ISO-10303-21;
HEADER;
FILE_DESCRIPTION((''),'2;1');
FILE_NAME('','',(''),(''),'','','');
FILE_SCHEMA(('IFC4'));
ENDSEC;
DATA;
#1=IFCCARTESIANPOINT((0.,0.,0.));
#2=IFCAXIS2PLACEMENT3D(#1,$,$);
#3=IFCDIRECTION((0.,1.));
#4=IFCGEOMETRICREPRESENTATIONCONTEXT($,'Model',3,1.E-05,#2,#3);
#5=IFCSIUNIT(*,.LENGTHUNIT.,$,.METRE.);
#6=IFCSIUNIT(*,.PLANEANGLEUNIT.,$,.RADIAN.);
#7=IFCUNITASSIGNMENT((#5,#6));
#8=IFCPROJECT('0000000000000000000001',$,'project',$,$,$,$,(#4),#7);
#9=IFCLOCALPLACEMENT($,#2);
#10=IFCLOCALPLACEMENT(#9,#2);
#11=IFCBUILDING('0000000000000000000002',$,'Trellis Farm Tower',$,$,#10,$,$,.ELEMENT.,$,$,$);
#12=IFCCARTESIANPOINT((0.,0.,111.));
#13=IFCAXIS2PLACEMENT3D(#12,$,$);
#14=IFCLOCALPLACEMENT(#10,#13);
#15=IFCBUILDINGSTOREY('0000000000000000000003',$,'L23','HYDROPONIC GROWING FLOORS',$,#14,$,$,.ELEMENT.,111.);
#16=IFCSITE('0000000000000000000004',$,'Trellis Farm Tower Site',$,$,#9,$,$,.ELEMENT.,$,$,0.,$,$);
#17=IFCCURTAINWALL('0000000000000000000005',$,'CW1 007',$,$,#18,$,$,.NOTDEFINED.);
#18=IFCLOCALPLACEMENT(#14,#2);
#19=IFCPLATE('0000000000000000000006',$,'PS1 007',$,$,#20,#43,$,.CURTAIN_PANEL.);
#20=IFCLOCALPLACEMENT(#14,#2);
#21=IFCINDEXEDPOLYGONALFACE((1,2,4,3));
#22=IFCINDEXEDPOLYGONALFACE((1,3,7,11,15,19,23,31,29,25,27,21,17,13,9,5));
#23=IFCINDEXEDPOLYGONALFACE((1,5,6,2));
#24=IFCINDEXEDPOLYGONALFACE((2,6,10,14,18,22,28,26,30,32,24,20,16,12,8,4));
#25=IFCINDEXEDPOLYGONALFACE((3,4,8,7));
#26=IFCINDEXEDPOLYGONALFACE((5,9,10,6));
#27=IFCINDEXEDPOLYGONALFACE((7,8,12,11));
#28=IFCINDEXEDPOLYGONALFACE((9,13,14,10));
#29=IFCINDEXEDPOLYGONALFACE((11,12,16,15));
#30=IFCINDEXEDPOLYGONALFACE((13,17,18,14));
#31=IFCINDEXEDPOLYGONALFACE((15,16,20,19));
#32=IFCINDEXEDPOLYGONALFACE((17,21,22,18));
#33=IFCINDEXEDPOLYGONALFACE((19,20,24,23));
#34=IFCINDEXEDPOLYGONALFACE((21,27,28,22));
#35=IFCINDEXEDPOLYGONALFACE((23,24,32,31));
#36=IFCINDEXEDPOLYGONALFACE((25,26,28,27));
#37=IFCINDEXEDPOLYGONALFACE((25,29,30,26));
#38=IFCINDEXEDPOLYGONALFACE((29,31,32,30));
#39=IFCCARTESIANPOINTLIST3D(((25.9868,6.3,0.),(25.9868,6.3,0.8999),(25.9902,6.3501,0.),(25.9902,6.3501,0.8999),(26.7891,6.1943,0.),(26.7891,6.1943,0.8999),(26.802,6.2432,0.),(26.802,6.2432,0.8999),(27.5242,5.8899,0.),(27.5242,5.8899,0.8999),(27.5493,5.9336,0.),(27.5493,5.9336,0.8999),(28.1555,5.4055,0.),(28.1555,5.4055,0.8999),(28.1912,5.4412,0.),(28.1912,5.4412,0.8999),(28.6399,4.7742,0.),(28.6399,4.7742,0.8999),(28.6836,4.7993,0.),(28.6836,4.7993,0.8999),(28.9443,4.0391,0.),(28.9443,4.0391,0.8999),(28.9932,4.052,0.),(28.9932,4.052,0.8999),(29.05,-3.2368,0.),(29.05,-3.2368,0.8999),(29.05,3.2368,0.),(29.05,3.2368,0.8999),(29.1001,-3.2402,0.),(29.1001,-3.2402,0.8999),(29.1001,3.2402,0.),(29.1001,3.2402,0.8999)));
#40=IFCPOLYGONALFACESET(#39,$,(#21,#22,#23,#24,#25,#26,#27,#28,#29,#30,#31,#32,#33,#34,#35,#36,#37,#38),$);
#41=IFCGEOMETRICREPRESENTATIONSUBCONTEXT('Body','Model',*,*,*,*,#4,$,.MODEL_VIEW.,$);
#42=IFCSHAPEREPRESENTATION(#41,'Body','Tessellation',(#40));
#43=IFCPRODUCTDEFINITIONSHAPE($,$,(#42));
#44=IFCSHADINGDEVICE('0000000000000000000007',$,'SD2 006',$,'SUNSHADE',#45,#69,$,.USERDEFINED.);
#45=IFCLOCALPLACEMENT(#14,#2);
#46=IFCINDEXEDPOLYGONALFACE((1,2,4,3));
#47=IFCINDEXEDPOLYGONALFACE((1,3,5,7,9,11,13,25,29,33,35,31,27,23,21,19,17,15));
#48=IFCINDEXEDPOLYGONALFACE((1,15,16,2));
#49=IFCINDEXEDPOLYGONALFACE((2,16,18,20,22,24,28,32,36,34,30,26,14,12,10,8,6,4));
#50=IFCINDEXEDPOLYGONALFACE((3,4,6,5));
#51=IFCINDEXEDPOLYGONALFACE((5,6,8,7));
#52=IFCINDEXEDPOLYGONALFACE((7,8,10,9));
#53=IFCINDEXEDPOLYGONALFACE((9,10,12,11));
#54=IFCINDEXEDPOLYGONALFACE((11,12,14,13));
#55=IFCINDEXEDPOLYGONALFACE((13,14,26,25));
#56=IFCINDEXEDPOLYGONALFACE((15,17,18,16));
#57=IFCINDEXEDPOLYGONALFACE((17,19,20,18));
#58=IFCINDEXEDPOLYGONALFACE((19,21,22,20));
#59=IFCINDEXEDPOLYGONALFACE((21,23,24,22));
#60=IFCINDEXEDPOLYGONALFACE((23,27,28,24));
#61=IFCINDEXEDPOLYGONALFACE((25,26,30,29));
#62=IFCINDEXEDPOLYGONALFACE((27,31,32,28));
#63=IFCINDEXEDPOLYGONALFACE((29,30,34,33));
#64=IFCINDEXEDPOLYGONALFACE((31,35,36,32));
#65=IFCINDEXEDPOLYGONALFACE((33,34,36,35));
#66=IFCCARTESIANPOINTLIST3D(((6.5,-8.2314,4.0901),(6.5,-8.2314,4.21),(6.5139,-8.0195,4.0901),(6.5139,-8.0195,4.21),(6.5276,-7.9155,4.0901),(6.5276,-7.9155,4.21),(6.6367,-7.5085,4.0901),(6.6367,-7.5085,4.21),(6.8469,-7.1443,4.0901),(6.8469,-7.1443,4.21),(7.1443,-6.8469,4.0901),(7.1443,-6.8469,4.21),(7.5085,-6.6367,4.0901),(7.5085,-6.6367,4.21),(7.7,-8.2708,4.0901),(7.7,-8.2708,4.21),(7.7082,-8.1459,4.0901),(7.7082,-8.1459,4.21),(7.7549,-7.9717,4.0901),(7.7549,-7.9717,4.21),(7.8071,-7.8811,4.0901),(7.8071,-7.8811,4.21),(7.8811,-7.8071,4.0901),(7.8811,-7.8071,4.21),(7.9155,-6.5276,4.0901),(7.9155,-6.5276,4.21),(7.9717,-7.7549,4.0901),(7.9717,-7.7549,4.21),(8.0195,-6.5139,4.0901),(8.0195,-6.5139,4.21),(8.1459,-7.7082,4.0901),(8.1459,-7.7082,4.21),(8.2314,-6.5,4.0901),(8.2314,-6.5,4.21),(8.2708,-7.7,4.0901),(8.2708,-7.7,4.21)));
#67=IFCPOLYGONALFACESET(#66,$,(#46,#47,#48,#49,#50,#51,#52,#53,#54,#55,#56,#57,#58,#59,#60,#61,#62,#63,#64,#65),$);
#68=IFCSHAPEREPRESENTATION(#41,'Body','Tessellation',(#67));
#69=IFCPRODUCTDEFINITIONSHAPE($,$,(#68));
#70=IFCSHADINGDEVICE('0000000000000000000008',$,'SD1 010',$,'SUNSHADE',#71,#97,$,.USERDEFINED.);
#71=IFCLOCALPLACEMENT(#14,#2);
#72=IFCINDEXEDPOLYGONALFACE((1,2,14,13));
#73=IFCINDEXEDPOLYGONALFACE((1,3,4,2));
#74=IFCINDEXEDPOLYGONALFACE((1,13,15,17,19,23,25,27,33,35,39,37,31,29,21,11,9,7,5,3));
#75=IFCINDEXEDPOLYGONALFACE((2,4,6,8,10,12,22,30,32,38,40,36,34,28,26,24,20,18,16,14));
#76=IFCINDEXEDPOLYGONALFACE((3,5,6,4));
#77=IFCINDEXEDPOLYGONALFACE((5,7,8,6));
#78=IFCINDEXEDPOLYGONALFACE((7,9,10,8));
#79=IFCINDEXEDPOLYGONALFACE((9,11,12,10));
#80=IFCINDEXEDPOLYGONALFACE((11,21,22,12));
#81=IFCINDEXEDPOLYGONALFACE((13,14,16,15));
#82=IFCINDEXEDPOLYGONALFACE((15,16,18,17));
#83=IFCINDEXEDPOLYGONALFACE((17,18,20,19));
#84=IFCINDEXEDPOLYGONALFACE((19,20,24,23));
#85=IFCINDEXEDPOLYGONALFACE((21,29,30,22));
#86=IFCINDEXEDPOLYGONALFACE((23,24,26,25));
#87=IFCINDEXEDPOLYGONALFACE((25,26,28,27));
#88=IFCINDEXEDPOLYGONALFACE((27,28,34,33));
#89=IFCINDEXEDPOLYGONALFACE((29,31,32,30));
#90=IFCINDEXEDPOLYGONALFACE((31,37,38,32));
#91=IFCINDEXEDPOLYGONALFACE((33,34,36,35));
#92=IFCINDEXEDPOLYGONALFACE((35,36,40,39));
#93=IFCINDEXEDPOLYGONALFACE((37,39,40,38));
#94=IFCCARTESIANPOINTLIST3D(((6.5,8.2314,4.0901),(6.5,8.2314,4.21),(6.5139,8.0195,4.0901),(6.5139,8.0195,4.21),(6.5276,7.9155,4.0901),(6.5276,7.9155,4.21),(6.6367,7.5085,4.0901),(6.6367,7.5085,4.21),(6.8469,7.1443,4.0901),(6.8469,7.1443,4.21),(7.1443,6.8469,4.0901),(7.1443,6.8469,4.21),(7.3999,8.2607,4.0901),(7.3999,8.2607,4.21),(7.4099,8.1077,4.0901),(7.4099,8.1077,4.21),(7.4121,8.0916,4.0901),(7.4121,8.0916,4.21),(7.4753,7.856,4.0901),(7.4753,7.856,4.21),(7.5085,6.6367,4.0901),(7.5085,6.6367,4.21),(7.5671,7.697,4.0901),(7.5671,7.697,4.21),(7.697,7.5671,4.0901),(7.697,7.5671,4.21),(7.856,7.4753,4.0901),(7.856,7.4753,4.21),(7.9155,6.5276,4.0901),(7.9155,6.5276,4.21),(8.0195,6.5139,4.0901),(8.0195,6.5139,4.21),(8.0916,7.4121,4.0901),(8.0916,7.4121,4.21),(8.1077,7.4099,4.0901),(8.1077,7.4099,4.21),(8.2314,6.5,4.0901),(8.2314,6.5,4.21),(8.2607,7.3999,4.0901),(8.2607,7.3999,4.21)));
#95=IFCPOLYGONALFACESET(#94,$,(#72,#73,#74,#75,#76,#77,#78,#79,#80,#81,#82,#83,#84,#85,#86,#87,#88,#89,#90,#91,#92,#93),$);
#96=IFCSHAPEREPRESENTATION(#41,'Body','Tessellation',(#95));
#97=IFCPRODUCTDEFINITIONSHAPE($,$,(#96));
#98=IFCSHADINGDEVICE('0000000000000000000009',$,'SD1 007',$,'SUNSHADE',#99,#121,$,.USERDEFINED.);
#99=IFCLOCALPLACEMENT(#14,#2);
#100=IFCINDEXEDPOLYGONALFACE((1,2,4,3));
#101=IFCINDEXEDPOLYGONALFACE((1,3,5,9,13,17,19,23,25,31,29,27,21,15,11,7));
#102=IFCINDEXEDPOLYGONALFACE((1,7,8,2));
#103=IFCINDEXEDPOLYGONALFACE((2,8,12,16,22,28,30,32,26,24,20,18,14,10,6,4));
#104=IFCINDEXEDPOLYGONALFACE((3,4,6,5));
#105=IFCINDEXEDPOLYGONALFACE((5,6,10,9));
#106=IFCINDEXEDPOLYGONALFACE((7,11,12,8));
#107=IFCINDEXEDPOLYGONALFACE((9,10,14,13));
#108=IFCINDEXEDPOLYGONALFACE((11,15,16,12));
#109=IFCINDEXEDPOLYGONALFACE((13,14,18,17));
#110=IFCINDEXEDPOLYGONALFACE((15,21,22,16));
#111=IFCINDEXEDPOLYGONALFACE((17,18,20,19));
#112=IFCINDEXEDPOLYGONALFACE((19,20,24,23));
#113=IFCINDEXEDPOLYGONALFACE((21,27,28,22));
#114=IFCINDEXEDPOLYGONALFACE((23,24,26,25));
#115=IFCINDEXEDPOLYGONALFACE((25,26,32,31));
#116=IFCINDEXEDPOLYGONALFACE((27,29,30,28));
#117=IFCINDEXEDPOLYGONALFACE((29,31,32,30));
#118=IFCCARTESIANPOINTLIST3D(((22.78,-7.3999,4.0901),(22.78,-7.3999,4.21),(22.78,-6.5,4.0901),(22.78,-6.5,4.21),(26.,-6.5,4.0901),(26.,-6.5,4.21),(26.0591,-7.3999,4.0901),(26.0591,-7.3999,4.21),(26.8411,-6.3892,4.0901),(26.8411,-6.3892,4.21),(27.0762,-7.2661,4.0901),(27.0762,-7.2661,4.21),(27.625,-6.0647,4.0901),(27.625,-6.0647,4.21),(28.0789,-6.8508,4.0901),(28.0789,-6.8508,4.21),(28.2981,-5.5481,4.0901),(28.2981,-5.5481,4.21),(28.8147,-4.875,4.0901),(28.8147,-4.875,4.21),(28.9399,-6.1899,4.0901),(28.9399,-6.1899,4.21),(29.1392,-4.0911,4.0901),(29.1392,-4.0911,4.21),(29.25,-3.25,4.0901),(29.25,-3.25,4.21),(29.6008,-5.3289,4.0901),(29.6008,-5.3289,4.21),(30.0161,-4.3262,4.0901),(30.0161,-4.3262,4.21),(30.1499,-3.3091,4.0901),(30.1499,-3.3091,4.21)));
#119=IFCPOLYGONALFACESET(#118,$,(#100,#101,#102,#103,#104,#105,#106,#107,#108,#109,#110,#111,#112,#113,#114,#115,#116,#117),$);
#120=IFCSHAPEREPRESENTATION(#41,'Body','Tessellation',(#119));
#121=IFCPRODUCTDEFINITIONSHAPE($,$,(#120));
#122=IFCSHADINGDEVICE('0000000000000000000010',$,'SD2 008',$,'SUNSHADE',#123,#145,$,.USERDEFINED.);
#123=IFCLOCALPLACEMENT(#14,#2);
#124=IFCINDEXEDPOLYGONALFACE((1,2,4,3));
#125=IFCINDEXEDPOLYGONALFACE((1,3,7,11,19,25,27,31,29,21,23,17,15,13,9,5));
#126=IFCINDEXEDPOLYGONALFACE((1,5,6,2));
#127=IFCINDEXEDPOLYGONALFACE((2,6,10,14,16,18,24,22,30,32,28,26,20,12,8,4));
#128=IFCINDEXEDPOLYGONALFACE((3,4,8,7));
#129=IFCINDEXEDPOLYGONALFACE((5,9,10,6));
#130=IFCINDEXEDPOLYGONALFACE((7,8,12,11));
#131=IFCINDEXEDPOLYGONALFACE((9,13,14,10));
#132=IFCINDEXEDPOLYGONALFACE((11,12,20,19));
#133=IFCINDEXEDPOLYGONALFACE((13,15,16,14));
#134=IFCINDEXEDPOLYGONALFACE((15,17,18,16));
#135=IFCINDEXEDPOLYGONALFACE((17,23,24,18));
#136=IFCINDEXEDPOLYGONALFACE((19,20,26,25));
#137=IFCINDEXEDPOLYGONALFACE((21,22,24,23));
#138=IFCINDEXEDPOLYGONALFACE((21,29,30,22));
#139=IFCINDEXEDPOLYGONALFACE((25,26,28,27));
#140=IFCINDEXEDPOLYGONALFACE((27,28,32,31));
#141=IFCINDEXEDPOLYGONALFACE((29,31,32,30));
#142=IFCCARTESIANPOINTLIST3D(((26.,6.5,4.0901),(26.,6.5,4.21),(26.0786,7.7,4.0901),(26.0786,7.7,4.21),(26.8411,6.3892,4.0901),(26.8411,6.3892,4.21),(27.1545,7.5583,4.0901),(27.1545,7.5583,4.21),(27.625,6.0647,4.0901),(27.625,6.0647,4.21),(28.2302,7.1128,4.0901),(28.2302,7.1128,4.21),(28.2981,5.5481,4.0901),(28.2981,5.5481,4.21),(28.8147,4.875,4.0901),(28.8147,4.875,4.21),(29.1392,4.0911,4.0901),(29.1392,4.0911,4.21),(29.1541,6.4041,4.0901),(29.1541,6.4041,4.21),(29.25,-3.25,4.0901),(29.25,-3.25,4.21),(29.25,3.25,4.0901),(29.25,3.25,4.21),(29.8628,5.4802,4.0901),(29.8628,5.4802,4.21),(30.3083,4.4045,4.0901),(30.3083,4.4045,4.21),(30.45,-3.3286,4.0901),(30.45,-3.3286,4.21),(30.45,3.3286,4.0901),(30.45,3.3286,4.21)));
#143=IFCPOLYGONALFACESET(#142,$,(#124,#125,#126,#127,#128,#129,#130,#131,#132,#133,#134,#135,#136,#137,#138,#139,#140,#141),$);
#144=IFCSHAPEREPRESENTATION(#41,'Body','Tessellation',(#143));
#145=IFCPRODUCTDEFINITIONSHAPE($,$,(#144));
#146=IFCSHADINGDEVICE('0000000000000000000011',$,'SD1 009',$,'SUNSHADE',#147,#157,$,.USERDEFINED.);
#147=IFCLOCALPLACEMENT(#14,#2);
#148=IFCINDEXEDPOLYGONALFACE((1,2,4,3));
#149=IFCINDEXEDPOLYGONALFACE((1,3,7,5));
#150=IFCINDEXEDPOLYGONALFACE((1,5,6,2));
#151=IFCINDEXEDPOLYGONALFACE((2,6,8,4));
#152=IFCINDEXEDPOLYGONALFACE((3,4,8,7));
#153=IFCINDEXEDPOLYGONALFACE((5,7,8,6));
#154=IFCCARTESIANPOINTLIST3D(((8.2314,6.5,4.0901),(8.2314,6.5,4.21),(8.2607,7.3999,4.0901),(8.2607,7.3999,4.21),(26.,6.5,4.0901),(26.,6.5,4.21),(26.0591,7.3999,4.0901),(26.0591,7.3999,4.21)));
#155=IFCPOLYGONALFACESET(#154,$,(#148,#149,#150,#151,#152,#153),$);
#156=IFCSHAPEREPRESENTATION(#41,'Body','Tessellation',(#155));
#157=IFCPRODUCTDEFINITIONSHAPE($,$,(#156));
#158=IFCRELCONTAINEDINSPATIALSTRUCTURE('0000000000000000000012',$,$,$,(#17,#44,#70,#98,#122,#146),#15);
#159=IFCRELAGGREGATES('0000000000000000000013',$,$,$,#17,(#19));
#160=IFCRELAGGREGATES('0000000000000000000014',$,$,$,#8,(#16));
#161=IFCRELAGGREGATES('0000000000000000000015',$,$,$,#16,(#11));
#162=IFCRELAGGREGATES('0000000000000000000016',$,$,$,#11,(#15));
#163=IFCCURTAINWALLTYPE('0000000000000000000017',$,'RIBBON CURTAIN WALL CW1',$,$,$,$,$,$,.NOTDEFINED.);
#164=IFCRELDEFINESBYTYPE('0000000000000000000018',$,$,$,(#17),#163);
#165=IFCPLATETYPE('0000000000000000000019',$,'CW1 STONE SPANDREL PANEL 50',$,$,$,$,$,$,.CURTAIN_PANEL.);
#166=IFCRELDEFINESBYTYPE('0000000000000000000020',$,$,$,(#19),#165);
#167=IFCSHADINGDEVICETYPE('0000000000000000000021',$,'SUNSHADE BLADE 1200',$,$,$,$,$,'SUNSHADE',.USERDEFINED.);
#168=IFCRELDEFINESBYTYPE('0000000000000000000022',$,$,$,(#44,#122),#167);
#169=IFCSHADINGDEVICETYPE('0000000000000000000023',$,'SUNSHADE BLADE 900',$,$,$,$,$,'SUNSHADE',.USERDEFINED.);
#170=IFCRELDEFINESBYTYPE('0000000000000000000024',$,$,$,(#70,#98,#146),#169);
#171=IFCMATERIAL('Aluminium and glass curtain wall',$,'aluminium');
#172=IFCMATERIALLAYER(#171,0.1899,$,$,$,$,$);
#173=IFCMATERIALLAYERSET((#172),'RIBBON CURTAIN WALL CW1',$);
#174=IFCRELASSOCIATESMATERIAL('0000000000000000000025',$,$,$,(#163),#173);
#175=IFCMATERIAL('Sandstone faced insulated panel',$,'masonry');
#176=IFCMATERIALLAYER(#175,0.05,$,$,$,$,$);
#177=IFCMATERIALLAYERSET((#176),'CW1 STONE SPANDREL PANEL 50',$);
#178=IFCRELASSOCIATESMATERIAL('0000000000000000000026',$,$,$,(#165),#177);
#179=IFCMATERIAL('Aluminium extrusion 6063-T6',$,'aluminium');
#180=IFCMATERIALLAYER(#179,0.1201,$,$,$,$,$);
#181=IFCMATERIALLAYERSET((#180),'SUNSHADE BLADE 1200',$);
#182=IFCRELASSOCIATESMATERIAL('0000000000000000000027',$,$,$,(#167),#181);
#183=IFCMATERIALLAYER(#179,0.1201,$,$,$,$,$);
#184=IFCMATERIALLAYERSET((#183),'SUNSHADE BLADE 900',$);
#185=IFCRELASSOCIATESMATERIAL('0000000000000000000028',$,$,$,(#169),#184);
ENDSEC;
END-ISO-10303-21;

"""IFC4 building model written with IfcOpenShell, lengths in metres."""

from ifc_helpers import new_model, si_unit, direction, frame, origin, place, context, subcontext, project, spatial, polyline, outline, extrude, source, transform, mapped, material, layer, layer_set, type_object, element, aggregate, save


model = new_model("IFC4")

# Units and contexts
model_context = context("Model", 3, precision=1e-05, world=origin(), true_north=direction((0.0, 1.0)))
body_context = subcontext(model_context, "Body", "Model", "MODEL_VIEW")
ifc_project = project(units=[si_unit("LENGTHUNIT", "METRE"), si_unit("PLANEANGLEUNIT", "RADIAN")], contexts=[model_context])

# Site, building, storey
site_placement = place(None, origin())
site = spatial("IfcSite", under=ifc_project, at=site_placement, Name="Trellis Farm Tower Site", CompositionType="ELEMENT", RefElevation=0.0)
building_placement = place(site_placement, origin())
building = spatial("IfcBuilding", under=site, at=building_placement, Name="Trellis Farm Tower", CompositionType="ELEMENT")
storey_placement = place(building_placement, frame((0.0, 0.0, 111.0)))
storey = spatial("IfcBuildingStorey", under=building, at=storey_placement, Name="L23", Description="HYDROPONIC GROWING FLOORS", CompositionType="ELEMENT", Elevation=111.0)

# Curtain wall
ifc_material_1 = material(Name="Aluminium and glass curtain wall", Category="aluminium")
placement_1 = place(storey_placement, origin())
ifc_material_2 = material(Name="Aluminium extrusion 6063-T6", Category="aluminium")
ifc_layer_1 = layer(ifc_material_1, 0.1899)
ifc_layer_set_1 = layer_set([ifc_layer_1], Name="RIBBON CURTAIN WALL CW1")
curtain_wall_type_1 = type_object("IfcCurtainWallType", Name="RIBBON CURTAIN WALL CW1", PredefinedType="NOTDEFINED", material=ifc_layer_set_1)
curtain_wall_1 = element("IfcCurtainWall", 1, at=placement_1, inside=storey, type_object=curtain_wall_type_1, Name="CW1 007", PredefinedType="NOTDEFINED")

# Plate
ifc_material_3 = material(Name="Sandstone faced insulated panel", Category="masonry")
ifc_layer_2 = layer(ifc_material_3, 0.05)
ifc_layer_set_2 = layer_set([ifc_layer_2], Name="CW1 STONE SPANDREL PANEL 50")
plate_type_1 = type_object("IfcPlateType", Name="CW1 STONE SPANDREL PANEL 50", PredefinedType="CURTAIN_PANEL", material=ifc_layer_set_2)
shared_shape_1 = source(origin(), body_context, "Body", "SweptSolid", [
    extrude(outline(polyline([(29.1001, -3.2402), (29.1001, 3.2402), (28.9932, 4.052), (28.6836, 4.7993), (28.1912, 5.4412), (27.5493, 5.9336), (26.802, 6.2432), (25.9902, 6.3501), (25.9868, 6.3), (26.7891, 6.1943), (27.5242, 5.8899), (28.1555, 5.4055), (28.6399, 4.7742), (28.9443, 4.0391), (29.05, 3.2368), (29.05, -3.2368), (29.1001, -3.2402)])), origin(), (0.0, 0.0, 1.0), 0.8999),
])
plate_1 = element("IfcPlate", 2, at=placement_1, type_object=plate_type_1, Name="PS1 007", PredefinedType="CURTAIN_PANEL", context=body_context, shape_type="MappedRepresentation", body=[
    mapped(shared_shape_1, transform((0.0, 0.0, 0.0))),
])
aggregate(curtain_wall_1, [plate_1])

# Shading devices
ifc_layer_3 = layer(ifc_material_2, 0.1201)
ifc_layer_set_3 = layer_set([ifc_layer_3], Name="SUNSHADE BLADE 1200")
shading_device_type_1 = type_object("IfcShadingDeviceType", Name="SUNSHADE BLADE 1200", ElementType="SUNSHADE", PredefinedType="USERDEFINED", material=ifc_layer_set_3)
shared_shape_2 = source(origin(), body_context, "Body", "SweptSolid", [
    extrude(outline(polyline([(7.7, -8.2708), (7.7087, -8.1372), (7.707, -8.1501), (7.7549, -7.9717), (7.8071, -7.8811), (7.8811, -7.8071), (7.9717, -7.7549), (8.1501, -7.707), (8.1372, -7.7087), (8.2708, -7.7), (8.2314, -6.5), (8.0195, -6.5139), (7.9155, -6.5276), (7.5085, -6.6367), (7.1443, -6.8469), (6.8469, -7.1443), (6.6367, -7.5085), (6.5276, -7.9155), (6.5139, -8.0195), (6.5, -8.2314), (7.7, -8.2708)])), origin(), (0.0, 0.0, 1.0), 0.1199),
])
placement_2 = place(storey_placement, frame((0.0, 0.0, 4.0901)))
element("IfcShadingDevice", 3, at=placement_2, inside=storey, type_object=shading_device_type_1, Name="SD2 006", ObjectType="SUNSHADE", PredefinedType="USERDEFINED", context=body_context, shape_type="MappedRepresentation", body=[
    mapped(shared_shape_2, transform((0.0, 0.0, 0.0))),
])
ifc_layer_4 = layer(ifc_material_2, 0.1201)
ifc_layer_set_4 = layer_set([ifc_layer_4], Name="SUNSHADE BLADE 900")
shading_device_type_2 = type_object("IfcShadingDeviceType", Name="SUNSHADE BLADE 900", ElementType="SUNSHADE", PredefinedType="USERDEFINED", material=ifc_layer_set_4)
shared_shape_3 = source(origin(), body_context, "Body", "SweptSolid", [
    extrude(outline(polyline([(8.2607, 7.3999), (8.1077, 7.4099), (8.0916, 7.4121), (7.856, 7.4753), (7.697, 7.5671), (7.5671, 7.697), (7.4753, 7.856), (7.4121, 8.0916), (7.4099, 8.1077), (7.3999, 8.2607), (6.5, 8.2314), (6.5139, 8.0195), (6.5276, 7.9155), (6.6367, 7.5085), (6.8469, 7.1443), (7.1443, 6.8469), (7.5085, 6.6367), (7.9155, 6.5276), (8.0195, 6.5139), (8.2314, 6.5), (8.2607, 7.3999)])), origin(), (0.0, 0.0, 1.0), 0.1199),
])
element("IfcShadingDevice", 4, at=placement_2, inside=storey, type_object=shading_device_type_2, Name="SD1 010", ObjectType="SUNSHADE", PredefinedType="USERDEFINED", context=body_context, shape_type="MappedRepresentation", body=[
    mapped(shared_shape_3, transform((0.0, 0.0, 0.0))),
])
shared_shape_4 = source(origin(), body_context, "Body", "SweptSolid", [
    extrude(outline(polyline([(22.78, -7.3999), (26.0591, -7.3999), (27.0762, -7.2661), (28.0789, -6.8508), (28.9399, -6.1899), (29.6008, -5.3289), (30.0161, -4.3262), (30.1499, -3.3091), (29.25, -3.25), (29.1392, -4.0911), (28.8147, -4.875), (28.2981, -5.5481), (27.625, -6.0647), (26.8411, -6.3892), (26.0, -6.5), (22.78, -6.5), (22.78, -7.3999)])), origin(), (0.0, 0.0, 1.0), 0.1199),
])
element("IfcShadingDevice", 5, at=placement_2, inside=storey, type_object=shading_device_type_2, Name="SD1 007", ObjectType="SUNSHADE", PredefinedType="USERDEFINED", context=body_context, shape_type="MappedRepresentation", body=[
    mapped(shared_shape_4, transform((0.0, 0.0, 0.0))),
])
shared_shape_5 = source(origin(), body_context, "Body", "SweptSolid", [
    extrude(outline(polyline([(30.45, -3.3286), (30.45, 3.3286), (30.3083, 4.4045), (29.8628, 5.4802), (29.1541, 6.4041), (28.2302, 7.1128), (27.1545, 7.5583), (26.0786, 7.7), (26.0, 6.5), (26.8411, 6.3892), (27.625, 6.0647), (28.2981, 5.5481), (28.8147, 4.875), (29.1392, 4.0911), (29.25, 3.25), (29.25, -3.25), (30.45, -3.3286)])), origin(), (0.0, 0.0, 1.0), 0.1199),
])
element("IfcShadingDevice", 6, at=placement_2, inside=storey, type_object=shading_device_type_1, Name="SD2 008", ObjectType="SUNSHADE", PredefinedType="USERDEFINED", context=body_context, shape_type="MappedRepresentation", body=[
    mapped(shared_shape_5, transform((0.0, 0.0, 0.0))),
])
shared_shape_6 = source(origin(), body_context, "Body", "SweptSolid", [
    extrude(outline(polyline([(26.0591, 7.3999), (8.2607, 7.3999), (8.2314, 6.5), (26.0, 6.5), (26.0591, 7.3999)])), origin(), (0.0, 0.0, 1.0), 0.1199),
])
element("IfcShadingDevice", 7, at=placement_2, inside=storey, type_object=shading_device_type_2, Name="SD1 009", ObjectType="SUNSHADE", PredefinedType="USERDEFINED", context=body_context, shape_type="MappedRepresentation", body=[
    mapped(shared_shape_6, transform((0.0, 0.0, 0.0))),
])

save(model, "model.ifc")
